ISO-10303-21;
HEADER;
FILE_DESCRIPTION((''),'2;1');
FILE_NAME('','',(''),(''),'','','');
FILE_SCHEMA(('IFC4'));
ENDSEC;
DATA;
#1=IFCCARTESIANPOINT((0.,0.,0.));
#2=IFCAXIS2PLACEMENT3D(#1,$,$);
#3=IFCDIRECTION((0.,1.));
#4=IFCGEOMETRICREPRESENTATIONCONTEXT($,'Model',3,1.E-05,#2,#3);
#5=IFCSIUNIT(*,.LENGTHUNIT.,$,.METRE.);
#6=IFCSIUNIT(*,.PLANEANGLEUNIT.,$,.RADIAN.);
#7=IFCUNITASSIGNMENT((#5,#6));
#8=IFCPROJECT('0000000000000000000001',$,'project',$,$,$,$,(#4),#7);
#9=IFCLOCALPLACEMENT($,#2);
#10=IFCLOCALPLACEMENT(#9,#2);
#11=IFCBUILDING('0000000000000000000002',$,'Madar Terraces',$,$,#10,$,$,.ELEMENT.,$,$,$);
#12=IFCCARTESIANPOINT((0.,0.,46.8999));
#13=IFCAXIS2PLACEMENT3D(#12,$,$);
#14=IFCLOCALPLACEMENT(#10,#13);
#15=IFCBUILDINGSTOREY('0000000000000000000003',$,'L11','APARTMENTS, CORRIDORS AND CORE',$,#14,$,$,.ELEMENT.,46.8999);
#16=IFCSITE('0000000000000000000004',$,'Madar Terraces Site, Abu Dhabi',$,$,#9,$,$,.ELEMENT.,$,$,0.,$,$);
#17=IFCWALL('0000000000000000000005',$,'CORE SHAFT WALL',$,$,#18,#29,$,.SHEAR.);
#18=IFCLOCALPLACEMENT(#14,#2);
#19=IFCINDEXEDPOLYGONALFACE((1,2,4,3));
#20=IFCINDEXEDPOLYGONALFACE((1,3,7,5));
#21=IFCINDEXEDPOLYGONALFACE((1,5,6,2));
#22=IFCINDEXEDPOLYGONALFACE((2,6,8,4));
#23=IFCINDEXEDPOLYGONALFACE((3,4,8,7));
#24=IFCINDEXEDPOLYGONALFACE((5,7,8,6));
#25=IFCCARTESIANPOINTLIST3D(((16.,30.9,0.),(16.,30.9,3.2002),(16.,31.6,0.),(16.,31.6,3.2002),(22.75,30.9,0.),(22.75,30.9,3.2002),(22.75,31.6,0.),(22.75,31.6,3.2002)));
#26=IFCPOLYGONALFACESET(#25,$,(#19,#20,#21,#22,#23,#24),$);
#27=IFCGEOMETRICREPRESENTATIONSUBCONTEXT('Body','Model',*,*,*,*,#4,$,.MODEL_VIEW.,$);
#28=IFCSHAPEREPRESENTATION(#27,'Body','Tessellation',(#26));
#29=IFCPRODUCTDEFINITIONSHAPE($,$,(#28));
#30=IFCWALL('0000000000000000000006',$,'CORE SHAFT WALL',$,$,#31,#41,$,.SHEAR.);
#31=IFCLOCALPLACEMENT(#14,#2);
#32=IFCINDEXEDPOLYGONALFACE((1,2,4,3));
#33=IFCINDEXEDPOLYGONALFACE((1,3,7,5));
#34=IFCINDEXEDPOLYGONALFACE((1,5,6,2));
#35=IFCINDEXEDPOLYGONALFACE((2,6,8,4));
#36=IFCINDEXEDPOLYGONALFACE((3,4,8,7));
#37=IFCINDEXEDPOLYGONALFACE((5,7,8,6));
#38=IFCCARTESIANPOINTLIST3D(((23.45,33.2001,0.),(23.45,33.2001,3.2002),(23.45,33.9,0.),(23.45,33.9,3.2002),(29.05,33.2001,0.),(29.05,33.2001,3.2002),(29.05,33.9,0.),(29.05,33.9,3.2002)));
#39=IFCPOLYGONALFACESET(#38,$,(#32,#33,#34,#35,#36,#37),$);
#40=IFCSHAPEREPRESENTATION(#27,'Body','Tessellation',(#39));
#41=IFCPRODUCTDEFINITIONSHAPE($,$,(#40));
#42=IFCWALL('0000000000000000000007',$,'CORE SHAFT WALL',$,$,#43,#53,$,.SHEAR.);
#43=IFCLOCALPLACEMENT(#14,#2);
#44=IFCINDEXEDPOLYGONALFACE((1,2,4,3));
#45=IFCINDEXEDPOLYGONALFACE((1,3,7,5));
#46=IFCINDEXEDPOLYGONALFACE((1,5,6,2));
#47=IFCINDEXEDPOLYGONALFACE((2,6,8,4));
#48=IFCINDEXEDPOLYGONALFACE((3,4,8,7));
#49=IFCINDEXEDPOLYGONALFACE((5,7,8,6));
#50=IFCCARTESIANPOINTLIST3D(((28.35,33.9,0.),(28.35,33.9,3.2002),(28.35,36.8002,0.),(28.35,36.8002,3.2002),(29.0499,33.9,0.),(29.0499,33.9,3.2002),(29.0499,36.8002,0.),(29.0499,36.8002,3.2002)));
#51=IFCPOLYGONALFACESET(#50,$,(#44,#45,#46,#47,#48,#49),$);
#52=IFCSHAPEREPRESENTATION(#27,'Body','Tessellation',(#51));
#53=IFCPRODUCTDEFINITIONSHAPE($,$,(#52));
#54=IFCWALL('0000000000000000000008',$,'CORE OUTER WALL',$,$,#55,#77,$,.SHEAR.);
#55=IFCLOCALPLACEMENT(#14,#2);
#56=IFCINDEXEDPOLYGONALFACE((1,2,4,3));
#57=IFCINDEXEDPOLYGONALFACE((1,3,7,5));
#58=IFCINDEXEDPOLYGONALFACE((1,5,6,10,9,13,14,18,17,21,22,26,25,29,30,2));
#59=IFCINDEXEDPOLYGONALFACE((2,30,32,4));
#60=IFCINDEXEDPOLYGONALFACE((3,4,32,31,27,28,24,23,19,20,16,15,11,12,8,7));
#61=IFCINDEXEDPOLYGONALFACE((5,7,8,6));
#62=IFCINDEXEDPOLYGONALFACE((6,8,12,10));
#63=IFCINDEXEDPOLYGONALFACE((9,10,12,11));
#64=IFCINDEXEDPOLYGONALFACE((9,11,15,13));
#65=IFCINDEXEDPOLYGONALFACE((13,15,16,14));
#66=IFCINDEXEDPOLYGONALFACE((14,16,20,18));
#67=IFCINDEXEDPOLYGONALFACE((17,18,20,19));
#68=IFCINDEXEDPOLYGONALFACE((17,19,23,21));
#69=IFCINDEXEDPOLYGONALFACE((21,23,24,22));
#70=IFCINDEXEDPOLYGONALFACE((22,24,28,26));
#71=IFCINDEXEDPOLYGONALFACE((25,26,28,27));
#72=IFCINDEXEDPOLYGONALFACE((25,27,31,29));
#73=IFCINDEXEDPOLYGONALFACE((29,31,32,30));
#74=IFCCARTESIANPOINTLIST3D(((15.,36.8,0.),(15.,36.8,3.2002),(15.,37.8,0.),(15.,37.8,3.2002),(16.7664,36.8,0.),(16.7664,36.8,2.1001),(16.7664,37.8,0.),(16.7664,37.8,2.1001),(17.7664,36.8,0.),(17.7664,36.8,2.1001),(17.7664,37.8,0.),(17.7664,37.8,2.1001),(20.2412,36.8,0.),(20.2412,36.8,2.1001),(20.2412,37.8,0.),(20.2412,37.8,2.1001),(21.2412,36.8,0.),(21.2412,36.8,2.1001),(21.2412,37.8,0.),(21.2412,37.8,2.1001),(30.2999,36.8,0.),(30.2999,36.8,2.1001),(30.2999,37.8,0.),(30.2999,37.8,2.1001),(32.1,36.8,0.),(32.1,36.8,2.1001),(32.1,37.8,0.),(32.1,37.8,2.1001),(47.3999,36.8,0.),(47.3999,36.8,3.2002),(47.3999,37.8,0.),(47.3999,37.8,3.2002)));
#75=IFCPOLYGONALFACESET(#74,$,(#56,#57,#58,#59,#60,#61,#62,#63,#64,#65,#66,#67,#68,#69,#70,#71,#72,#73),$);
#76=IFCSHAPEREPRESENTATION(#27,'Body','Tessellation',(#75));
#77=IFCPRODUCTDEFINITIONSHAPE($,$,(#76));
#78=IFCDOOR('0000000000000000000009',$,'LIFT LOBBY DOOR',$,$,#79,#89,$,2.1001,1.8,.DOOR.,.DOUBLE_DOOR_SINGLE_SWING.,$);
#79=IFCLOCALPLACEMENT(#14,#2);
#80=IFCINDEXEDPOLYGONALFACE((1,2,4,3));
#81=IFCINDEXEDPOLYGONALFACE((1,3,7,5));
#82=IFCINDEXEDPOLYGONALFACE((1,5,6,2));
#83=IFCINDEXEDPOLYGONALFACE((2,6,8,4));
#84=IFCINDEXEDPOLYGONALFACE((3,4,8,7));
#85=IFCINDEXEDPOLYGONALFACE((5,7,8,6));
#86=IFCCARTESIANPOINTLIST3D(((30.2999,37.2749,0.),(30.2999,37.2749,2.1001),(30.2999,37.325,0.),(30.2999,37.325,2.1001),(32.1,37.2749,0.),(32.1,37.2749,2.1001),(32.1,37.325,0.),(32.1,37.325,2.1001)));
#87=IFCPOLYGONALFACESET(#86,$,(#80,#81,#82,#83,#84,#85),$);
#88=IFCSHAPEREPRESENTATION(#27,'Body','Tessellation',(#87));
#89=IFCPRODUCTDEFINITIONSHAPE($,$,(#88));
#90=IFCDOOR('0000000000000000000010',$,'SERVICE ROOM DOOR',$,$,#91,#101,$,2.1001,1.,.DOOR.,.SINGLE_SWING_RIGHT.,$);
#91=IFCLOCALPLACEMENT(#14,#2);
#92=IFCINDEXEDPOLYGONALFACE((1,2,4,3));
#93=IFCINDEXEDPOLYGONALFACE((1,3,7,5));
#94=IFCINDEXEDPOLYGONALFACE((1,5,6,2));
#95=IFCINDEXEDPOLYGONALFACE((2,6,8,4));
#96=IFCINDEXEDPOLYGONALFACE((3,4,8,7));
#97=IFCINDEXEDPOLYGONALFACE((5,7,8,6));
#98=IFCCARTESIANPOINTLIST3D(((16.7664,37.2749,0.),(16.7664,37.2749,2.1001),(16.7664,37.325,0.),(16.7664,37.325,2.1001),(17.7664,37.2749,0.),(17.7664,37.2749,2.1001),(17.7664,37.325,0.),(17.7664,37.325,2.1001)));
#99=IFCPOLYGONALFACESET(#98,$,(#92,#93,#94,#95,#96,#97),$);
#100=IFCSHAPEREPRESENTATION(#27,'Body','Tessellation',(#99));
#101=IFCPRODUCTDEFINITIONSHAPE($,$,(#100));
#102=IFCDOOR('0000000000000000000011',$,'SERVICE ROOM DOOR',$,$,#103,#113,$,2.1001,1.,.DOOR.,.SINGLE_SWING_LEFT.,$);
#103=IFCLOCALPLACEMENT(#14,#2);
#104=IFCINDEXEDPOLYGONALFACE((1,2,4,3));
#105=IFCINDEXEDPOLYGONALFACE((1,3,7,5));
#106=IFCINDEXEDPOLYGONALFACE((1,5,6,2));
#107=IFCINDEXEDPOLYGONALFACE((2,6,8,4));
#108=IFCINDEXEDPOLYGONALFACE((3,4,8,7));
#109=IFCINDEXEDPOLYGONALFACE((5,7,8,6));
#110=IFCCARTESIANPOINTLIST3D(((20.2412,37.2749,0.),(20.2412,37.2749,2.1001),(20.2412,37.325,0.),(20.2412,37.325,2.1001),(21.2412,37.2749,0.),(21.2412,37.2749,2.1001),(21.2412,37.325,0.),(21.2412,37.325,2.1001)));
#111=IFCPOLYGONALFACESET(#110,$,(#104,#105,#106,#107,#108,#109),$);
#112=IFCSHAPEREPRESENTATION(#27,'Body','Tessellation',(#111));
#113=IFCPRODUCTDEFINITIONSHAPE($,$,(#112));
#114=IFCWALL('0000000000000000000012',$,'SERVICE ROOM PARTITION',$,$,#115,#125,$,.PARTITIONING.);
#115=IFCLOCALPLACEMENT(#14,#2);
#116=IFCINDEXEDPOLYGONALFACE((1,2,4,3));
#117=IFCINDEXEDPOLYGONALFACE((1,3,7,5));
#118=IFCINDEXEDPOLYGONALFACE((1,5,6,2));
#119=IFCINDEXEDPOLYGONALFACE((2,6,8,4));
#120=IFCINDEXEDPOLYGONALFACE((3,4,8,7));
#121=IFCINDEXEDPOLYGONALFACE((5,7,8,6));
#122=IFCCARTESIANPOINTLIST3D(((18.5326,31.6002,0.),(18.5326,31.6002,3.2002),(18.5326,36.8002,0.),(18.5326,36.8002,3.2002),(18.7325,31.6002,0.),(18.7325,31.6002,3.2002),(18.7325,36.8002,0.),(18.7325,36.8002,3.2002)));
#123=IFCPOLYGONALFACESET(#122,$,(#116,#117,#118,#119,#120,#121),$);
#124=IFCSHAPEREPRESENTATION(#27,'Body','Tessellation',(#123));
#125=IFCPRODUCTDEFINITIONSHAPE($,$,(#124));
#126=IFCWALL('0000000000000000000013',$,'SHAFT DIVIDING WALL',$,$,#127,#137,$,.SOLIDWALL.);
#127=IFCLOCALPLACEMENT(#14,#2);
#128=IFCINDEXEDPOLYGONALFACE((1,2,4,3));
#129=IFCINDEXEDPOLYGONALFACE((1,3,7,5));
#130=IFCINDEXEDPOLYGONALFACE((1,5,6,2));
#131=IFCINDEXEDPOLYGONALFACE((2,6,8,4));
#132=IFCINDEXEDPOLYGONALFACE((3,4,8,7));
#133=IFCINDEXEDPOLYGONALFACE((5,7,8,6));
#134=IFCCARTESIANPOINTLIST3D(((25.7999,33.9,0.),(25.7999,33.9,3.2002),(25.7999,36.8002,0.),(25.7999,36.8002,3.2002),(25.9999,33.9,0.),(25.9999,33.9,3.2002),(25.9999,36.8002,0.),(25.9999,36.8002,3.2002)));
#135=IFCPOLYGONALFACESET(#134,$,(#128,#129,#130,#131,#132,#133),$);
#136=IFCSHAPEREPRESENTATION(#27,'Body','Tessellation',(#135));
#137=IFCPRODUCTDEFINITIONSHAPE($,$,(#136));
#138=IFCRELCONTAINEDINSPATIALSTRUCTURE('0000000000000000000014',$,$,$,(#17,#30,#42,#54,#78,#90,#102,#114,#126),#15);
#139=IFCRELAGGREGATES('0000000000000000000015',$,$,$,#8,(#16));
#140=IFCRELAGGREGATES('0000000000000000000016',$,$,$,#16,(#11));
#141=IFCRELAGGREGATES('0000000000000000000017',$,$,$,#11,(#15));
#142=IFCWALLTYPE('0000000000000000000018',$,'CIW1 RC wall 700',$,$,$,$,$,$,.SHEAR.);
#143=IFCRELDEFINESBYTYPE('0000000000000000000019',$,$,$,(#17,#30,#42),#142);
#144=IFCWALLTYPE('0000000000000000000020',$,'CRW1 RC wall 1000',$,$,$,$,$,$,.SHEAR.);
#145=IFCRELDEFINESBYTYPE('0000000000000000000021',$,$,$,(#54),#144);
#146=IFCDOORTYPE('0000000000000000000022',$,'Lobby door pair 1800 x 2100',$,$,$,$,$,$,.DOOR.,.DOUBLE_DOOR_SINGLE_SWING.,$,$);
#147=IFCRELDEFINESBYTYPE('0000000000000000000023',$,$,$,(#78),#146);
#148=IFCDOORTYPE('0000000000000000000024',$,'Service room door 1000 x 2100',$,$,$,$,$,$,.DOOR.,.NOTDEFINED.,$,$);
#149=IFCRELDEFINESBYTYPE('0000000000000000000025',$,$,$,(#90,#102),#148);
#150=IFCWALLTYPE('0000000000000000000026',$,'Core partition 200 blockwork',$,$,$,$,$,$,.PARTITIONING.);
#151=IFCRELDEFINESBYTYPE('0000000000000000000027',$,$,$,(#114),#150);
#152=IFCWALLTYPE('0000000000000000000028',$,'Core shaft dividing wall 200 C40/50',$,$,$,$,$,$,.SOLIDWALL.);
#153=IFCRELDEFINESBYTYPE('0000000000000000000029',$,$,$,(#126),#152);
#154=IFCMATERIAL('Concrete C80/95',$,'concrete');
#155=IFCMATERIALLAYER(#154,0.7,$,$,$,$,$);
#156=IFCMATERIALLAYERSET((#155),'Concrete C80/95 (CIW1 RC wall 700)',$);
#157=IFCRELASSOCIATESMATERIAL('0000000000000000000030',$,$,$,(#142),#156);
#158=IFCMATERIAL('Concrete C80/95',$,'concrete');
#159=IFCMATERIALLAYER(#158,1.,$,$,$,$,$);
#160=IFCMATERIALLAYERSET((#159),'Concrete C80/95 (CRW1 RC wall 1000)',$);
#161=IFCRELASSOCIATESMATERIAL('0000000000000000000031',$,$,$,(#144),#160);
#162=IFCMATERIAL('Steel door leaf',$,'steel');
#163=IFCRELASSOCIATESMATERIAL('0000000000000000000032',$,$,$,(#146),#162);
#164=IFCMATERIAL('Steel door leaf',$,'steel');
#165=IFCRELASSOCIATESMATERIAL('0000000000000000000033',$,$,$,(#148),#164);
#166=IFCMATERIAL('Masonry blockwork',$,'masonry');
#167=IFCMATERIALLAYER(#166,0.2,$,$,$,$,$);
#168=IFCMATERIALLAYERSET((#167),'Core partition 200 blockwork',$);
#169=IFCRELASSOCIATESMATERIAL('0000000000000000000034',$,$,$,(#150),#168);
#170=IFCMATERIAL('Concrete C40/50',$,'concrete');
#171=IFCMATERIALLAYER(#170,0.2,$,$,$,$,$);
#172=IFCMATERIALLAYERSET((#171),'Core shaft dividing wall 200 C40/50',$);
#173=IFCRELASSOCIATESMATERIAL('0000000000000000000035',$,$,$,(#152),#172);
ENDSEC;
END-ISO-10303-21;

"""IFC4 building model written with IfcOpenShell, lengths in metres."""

from ifc_helpers import new_model, si_unit, direction, frame, frame_2d, origin, place, context, subcontext, project, spatial, rectangle, extrude, material, layer, layer_set, type_object, element, fill, save


model = new_model("IFC4")

# Units and contexts
model_context = context("Model", 3, precision=1e-05, world=origin(), true_north=direction((0.0, 1.0)))
body_context = subcontext(model_context, "Body", "Model", "MODEL_VIEW")
ifc_project = project(units=[si_unit("LENGTHUNIT", "METRE"), si_unit("PLANEANGLEUNIT", "RADIAN")], contexts=[model_context])

# Site, building, storey
site_placement = place(None, origin())
site = spatial("IfcSite", under=ifc_project, at=site_placement, Name="Madar Terraces Site, Abu Dhabi", CompositionType="ELEMENT", RefElevation=0.0)
building_placement = place(site_placement, origin())
building = spatial("IfcBuilding", under=site, at=building_placement, Name="Madar Terraces", CompositionType="ELEMENT")
storey_placement = place(building_placement, frame((0.0, 0.0, 46.8999)))
storey = spatial("IfcBuildingStorey", under=building, at=storey_placement, Name="L11", Description="APARTMENTS, CORRIDORS AND CORE", CompositionType="ELEMENT", Elevation=46.8999)

# Walls
ifc_material_1 = material(Name="Concrete C80/95", Category="concrete")
ifc_layer_1 = layer(ifc_material_1, 0.7)
ifc_layer_set_1 = layer_set([ifc_layer_1], Name="Concrete C80/95 (CIW1 RC wall 700)")
wall_type_1 = type_object("IfcWallType", Name="CIW1 RC wall 700", PredefinedType="SHEAR", material=ifc_layer_set_1)
wall_1_placement = place(storey_placement, frame((16.0, 31.25, 0.0), z_axis=(0.0, 0.0, 1.0), x_axis=(1.0, 0.0, 0.0)))
element("IfcWall", 1, at=wall_1_placement, inside=storey, type_object=wall_type_1, Name="CORE SHAFT WALL", PredefinedType="SHEAR", context=body_context, shape_type="SweptSolid", body=[
    extrude(rectangle(XDim=6.75, YDim=0.7, at=frame_2d((3.375, 0.0))), origin(), (0.0, 0.0, 1.0), 3.2002),
])
wall_2_placement = place(storey_placement, frame((23.45, 33.55, 0.0), z_axis=(0.0, 0.0, 1.0), x_axis=(1.0, 0.0, 0.0)))
element("IfcWall", 2, at=wall_2_placement, inside=storey, type_object=wall_type_1, Name="CORE SHAFT WALL", PredefinedType="SHEAR", context=body_context, shape_type="SweptSolid", body=[
    extrude(rectangle(XDim=5.6001, YDim=0.7, at=frame_2d((2.8, 0.0))), origin(), (0.0, 0.0, 1.0), 3.2002),
])
wall_3_placement = place(storey_placement, frame((28.7, 33.8999, 0.0), z_axis=(0.0, 0.0, 1.0), x_axis=(0.0, 1.0, 0.0)))
element("IfcWall", 3, at=wall_3_placement, inside=storey, type_object=wall_type_1, Name="CORE SHAFT WALL", PredefinedType="SHEAR", context=body_context, shape_type="SweptSolid", body=[
    extrude(rectangle(XDim=2.9001, YDim=0.7, at=frame_2d((1.4502, 0.0))), origin(), (0.0, 0.0, 1.0), 3.2002),
])

# Wall, openings, doors
ifc_material_2 = material(Name="Concrete C80/95", Category="concrete")
ifc_layer_2 = layer(ifc_material_2, 1.0)
ifc_layer_set_2 = layer_set([ifc_layer_2], Name="Concrete C80/95 (CRW1 RC wall 1000)")
wall_type_2 = type_object("IfcWallType", Name="CRW1 RC wall 1000", PredefinedType="SHEAR", material=ifc_layer_set_2)
wall_4_placement = place(storey_placement, frame((15.0, 37.3, 0.0), z_axis=(0.0, 0.0, 1.0), x_axis=(1.0, 0.0, 0.0)))
wall_4 = element("IfcWall", 4, at=wall_4_placement, inside=storey, type_object=wall_type_2, Name="CORE OUTER WALL", PredefinedType="SHEAR", context=body_context, shape_type="SweptSolid", body=[
    extrude(rectangle(XDim=32.3999, YDim=1.0, at=frame_2d((16.2, 0.0))), origin(), (0.0, 0.0, 1.0), 3.2002),
])
opening_1_placement = place(wall_4_placement, frame((15.3, 0.0, 0.0)))
opening_1 = element("IfcOpeningElement", 5, at=opening_1_placement, cuts=wall_4, PredefinedType="OPENING", context=body_context, shape_type="SweptSolid", body=[
    extrude(rectangle(XDim=1.8, YDim=2.1001, at=frame_2d((0.8999, 1.05))), frame((0.0, 0.51, 0.0), z_axis=(0.0, -1.0, 0.0), x_axis=(1.0, 0.0, 0.0)), (0.0, 0.0, 1.0), 1.02),
])
opening_2_placement = place(wall_4_placement, frame((1.7664, 0.0, 0.0)))
opening_2 = element("IfcOpeningElement", 6, at=opening_2_placement, cuts=wall_4, PredefinedType="OPENING", context=body_context, shape_type="SweptSolid", body=[
    extrude(rectangle(XDim=1.0, YDim=2.1001, at=frame_2d((0.5, 1.05))), frame((0.0, 0.51, 0.0), z_axis=(0.0, -1.0, 0.0), x_axis=(1.0, 0.0, 0.0)), (0.0, 0.0, 1.0), 1.02),
])
opening_3_placement = place(wall_4_placement, frame((5.2412, 0.0, 0.0)))
opening_3 = element("IfcOpeningElement", 7, at=opening_3_placement, cuts=wall_4, PredefinedType="OPENING", context=body_context, shape_type="SweptSolid", body=[
    extrude(rectangle(XDim=1.0, YDim=2.1001, at=frame_2d((0.5, 1.05))), frame((0.0, 0.51, 0.0), z_axis=(0.0, -1.0, 0.0), x_axis=(1.0, 0.0, 0.0)), (0.0, 0.0, 1.0), 1.02),
])
ifc_material_3 = material(Name="Steel door leaf", Category="steel")
door_type_1 = type_object("IfcDoorType", Name="Lobby door pair 1800 x 2100", OperationType="DOUBLE_DOOR_SINGLE_SWING", PredefinedType="DOOR", material=ifc_material_3)
door_1_placement = place(opening_1_placement, origin())
door_1 = element("IfcDoor", 8, at=door_1_placement, inside=storey, type_object=door_type_1, Name="LIFT LOBBY DOOR", OperationType="DOUBLE_DOOR_SINGLE_SWING", OverallHeight=2.1001, OverallWidth=1.8, PredefinedType="DOOR", context=body_context, shape_type="SweptSolid", body=[
    extrude(rectangle(XDim=1.8, YDim=2.1001, at=frame_2d((0.8999, 1.05))), frame((0.0, 0.0249, 0.0), z_axis=(0.0, -1.0, 0.0), x_axis=(1.0, 0.0, 0.0)), (0.0, 0.0, 1.0), 0.05),
])
fill(opening_1, door_1)
ifc_material_4 = material(Name="Steel door leaf", Category="steel")
door_type_2 = type_object("IfcDoorType", Name="Service room door 1000 x 2100", OperationType="NOTDEFINED", PredefinedType="DOOR", material=ifc_material_4)
door_2_placement = place(opening_2_placement, origin())
door_2 = element("IfcDoor", 9, at=door_2_placement, inside=storey, type_object=door_type_2, Name="SERVICE ROOM DOOR", OperationType="SINGLE_SWING_RIGHT", OverallHeight=2.1001, OverallWidth=1.0, PredefinedType="DOOR", context=body_context, shape_type="SweptSolid", body=[
    extrude(rectangle(XDim=1.0, YDim=2.1001, at=frame_2d((0.5, 1.05))), frame((0.0, 0.0249, 0.0), z_axis=(0.0, -1.0, 0.0), x_axis=(1.0, 0.0, 0.0)), (0.0, 0.0, 1.0), 0.05),
])
fill(opening_2, door_2)
door_3_placement = place(opening_3_placement, origin())
door_3 = element("IfcDoor", 10, at=door_3_placement, inside=storey, type_object=door_type_2, Name="SERVICE ROOM DOOR", OperationType="SINGLE_SWING_LEFT", OverallHeight=2.1001, OverallWidth=1.0, PredefinedType="DOOR", context=body_context, shape_type="SweptSolid", body=[
    extrude(rectangle(XDim=1.0, YDim=2.1001, at=frame_2d((0.5, 1.05))), frame((0.0, 0.0249, 0.0), z_axis=(0.0, -1.0, 0.0), x_axis=(1.0, 0.0, 0.0)), (0.0, 0.0, 1.0), 0.05),
])
fill(opening_3, door_3)

# Walls
ifc_material_5 = material(Name="Masonry blockwork", Category="masonry")
ifc_layer_3 = layer(ifc_material_5, 0.2)
ifc_layer_set_3 = layer_set([ifc_layer_3], Name="Core partition 200 blockwork")
wall_type_3 = type_object("IfcWallType", Name="Core partition 200 blockwork", PredefinedType="PARTITIONING", material=ifc_layer_set_3)
wall_5_placement = place(storey_placement, frame((18.6326, 31.6001, 0.0), z_axis=(0.0, 0.0, 1.0), x_axis=(0.0, 1.0, 0.0)))
element("IfcWall", 11, at=wall_5_placement, inside=storey, type_object=wall_type_3, Name="SERVICE ROOM PARTITION", PredefinedType="PARTITIONING", context=body_context, shape_type="SweptSolid", body=[
    extrude(rectangle(XDim=5.2, YDim=0.2, at=frame_2d((2.6001, 0.0))), origin(), (0.0, 0.0, 1.0), 3.2002),
])
ifc_material_6 = material(Name="Concrete C40/50", Category="concrete")
ifc_layer_4 = layer(ifc_material_6, 0.2)
ifc_layer_set_4 = layer_set([ifc_layer_4], Name="Core shaft dividing wall 200 C40/50")
wall_type_4 = type_object("IfcWallType", Name="Core shaft dividing wall 200 C40/50", PredefinedType="SOLIDWALL", material=ifc_layer_set_4)
wall_6_placement = place(storey_placement, frame((25.8999, 33.8999, 0.0), z_axis=(0.0, 0.0, 1.0), x_axis=(0.0, 1.0, 0.0)))
element("IfcWall", 12, at=wall_6_placement, inside=storey, type_object=wall_type_4, Name="SHAFT DIVIDING WALL", PredefinedType="SOLIDWALL", context=body_context, shape_type="SweptSolid", body=[
    extrude(rectangle(XDim=2.9001, YDim=0.2, at=frame_2d((1.4502, 0.0))), origin(), (0.0, 0.0, 1.0), 3.2002),
])

save(model, "model.ifc")
